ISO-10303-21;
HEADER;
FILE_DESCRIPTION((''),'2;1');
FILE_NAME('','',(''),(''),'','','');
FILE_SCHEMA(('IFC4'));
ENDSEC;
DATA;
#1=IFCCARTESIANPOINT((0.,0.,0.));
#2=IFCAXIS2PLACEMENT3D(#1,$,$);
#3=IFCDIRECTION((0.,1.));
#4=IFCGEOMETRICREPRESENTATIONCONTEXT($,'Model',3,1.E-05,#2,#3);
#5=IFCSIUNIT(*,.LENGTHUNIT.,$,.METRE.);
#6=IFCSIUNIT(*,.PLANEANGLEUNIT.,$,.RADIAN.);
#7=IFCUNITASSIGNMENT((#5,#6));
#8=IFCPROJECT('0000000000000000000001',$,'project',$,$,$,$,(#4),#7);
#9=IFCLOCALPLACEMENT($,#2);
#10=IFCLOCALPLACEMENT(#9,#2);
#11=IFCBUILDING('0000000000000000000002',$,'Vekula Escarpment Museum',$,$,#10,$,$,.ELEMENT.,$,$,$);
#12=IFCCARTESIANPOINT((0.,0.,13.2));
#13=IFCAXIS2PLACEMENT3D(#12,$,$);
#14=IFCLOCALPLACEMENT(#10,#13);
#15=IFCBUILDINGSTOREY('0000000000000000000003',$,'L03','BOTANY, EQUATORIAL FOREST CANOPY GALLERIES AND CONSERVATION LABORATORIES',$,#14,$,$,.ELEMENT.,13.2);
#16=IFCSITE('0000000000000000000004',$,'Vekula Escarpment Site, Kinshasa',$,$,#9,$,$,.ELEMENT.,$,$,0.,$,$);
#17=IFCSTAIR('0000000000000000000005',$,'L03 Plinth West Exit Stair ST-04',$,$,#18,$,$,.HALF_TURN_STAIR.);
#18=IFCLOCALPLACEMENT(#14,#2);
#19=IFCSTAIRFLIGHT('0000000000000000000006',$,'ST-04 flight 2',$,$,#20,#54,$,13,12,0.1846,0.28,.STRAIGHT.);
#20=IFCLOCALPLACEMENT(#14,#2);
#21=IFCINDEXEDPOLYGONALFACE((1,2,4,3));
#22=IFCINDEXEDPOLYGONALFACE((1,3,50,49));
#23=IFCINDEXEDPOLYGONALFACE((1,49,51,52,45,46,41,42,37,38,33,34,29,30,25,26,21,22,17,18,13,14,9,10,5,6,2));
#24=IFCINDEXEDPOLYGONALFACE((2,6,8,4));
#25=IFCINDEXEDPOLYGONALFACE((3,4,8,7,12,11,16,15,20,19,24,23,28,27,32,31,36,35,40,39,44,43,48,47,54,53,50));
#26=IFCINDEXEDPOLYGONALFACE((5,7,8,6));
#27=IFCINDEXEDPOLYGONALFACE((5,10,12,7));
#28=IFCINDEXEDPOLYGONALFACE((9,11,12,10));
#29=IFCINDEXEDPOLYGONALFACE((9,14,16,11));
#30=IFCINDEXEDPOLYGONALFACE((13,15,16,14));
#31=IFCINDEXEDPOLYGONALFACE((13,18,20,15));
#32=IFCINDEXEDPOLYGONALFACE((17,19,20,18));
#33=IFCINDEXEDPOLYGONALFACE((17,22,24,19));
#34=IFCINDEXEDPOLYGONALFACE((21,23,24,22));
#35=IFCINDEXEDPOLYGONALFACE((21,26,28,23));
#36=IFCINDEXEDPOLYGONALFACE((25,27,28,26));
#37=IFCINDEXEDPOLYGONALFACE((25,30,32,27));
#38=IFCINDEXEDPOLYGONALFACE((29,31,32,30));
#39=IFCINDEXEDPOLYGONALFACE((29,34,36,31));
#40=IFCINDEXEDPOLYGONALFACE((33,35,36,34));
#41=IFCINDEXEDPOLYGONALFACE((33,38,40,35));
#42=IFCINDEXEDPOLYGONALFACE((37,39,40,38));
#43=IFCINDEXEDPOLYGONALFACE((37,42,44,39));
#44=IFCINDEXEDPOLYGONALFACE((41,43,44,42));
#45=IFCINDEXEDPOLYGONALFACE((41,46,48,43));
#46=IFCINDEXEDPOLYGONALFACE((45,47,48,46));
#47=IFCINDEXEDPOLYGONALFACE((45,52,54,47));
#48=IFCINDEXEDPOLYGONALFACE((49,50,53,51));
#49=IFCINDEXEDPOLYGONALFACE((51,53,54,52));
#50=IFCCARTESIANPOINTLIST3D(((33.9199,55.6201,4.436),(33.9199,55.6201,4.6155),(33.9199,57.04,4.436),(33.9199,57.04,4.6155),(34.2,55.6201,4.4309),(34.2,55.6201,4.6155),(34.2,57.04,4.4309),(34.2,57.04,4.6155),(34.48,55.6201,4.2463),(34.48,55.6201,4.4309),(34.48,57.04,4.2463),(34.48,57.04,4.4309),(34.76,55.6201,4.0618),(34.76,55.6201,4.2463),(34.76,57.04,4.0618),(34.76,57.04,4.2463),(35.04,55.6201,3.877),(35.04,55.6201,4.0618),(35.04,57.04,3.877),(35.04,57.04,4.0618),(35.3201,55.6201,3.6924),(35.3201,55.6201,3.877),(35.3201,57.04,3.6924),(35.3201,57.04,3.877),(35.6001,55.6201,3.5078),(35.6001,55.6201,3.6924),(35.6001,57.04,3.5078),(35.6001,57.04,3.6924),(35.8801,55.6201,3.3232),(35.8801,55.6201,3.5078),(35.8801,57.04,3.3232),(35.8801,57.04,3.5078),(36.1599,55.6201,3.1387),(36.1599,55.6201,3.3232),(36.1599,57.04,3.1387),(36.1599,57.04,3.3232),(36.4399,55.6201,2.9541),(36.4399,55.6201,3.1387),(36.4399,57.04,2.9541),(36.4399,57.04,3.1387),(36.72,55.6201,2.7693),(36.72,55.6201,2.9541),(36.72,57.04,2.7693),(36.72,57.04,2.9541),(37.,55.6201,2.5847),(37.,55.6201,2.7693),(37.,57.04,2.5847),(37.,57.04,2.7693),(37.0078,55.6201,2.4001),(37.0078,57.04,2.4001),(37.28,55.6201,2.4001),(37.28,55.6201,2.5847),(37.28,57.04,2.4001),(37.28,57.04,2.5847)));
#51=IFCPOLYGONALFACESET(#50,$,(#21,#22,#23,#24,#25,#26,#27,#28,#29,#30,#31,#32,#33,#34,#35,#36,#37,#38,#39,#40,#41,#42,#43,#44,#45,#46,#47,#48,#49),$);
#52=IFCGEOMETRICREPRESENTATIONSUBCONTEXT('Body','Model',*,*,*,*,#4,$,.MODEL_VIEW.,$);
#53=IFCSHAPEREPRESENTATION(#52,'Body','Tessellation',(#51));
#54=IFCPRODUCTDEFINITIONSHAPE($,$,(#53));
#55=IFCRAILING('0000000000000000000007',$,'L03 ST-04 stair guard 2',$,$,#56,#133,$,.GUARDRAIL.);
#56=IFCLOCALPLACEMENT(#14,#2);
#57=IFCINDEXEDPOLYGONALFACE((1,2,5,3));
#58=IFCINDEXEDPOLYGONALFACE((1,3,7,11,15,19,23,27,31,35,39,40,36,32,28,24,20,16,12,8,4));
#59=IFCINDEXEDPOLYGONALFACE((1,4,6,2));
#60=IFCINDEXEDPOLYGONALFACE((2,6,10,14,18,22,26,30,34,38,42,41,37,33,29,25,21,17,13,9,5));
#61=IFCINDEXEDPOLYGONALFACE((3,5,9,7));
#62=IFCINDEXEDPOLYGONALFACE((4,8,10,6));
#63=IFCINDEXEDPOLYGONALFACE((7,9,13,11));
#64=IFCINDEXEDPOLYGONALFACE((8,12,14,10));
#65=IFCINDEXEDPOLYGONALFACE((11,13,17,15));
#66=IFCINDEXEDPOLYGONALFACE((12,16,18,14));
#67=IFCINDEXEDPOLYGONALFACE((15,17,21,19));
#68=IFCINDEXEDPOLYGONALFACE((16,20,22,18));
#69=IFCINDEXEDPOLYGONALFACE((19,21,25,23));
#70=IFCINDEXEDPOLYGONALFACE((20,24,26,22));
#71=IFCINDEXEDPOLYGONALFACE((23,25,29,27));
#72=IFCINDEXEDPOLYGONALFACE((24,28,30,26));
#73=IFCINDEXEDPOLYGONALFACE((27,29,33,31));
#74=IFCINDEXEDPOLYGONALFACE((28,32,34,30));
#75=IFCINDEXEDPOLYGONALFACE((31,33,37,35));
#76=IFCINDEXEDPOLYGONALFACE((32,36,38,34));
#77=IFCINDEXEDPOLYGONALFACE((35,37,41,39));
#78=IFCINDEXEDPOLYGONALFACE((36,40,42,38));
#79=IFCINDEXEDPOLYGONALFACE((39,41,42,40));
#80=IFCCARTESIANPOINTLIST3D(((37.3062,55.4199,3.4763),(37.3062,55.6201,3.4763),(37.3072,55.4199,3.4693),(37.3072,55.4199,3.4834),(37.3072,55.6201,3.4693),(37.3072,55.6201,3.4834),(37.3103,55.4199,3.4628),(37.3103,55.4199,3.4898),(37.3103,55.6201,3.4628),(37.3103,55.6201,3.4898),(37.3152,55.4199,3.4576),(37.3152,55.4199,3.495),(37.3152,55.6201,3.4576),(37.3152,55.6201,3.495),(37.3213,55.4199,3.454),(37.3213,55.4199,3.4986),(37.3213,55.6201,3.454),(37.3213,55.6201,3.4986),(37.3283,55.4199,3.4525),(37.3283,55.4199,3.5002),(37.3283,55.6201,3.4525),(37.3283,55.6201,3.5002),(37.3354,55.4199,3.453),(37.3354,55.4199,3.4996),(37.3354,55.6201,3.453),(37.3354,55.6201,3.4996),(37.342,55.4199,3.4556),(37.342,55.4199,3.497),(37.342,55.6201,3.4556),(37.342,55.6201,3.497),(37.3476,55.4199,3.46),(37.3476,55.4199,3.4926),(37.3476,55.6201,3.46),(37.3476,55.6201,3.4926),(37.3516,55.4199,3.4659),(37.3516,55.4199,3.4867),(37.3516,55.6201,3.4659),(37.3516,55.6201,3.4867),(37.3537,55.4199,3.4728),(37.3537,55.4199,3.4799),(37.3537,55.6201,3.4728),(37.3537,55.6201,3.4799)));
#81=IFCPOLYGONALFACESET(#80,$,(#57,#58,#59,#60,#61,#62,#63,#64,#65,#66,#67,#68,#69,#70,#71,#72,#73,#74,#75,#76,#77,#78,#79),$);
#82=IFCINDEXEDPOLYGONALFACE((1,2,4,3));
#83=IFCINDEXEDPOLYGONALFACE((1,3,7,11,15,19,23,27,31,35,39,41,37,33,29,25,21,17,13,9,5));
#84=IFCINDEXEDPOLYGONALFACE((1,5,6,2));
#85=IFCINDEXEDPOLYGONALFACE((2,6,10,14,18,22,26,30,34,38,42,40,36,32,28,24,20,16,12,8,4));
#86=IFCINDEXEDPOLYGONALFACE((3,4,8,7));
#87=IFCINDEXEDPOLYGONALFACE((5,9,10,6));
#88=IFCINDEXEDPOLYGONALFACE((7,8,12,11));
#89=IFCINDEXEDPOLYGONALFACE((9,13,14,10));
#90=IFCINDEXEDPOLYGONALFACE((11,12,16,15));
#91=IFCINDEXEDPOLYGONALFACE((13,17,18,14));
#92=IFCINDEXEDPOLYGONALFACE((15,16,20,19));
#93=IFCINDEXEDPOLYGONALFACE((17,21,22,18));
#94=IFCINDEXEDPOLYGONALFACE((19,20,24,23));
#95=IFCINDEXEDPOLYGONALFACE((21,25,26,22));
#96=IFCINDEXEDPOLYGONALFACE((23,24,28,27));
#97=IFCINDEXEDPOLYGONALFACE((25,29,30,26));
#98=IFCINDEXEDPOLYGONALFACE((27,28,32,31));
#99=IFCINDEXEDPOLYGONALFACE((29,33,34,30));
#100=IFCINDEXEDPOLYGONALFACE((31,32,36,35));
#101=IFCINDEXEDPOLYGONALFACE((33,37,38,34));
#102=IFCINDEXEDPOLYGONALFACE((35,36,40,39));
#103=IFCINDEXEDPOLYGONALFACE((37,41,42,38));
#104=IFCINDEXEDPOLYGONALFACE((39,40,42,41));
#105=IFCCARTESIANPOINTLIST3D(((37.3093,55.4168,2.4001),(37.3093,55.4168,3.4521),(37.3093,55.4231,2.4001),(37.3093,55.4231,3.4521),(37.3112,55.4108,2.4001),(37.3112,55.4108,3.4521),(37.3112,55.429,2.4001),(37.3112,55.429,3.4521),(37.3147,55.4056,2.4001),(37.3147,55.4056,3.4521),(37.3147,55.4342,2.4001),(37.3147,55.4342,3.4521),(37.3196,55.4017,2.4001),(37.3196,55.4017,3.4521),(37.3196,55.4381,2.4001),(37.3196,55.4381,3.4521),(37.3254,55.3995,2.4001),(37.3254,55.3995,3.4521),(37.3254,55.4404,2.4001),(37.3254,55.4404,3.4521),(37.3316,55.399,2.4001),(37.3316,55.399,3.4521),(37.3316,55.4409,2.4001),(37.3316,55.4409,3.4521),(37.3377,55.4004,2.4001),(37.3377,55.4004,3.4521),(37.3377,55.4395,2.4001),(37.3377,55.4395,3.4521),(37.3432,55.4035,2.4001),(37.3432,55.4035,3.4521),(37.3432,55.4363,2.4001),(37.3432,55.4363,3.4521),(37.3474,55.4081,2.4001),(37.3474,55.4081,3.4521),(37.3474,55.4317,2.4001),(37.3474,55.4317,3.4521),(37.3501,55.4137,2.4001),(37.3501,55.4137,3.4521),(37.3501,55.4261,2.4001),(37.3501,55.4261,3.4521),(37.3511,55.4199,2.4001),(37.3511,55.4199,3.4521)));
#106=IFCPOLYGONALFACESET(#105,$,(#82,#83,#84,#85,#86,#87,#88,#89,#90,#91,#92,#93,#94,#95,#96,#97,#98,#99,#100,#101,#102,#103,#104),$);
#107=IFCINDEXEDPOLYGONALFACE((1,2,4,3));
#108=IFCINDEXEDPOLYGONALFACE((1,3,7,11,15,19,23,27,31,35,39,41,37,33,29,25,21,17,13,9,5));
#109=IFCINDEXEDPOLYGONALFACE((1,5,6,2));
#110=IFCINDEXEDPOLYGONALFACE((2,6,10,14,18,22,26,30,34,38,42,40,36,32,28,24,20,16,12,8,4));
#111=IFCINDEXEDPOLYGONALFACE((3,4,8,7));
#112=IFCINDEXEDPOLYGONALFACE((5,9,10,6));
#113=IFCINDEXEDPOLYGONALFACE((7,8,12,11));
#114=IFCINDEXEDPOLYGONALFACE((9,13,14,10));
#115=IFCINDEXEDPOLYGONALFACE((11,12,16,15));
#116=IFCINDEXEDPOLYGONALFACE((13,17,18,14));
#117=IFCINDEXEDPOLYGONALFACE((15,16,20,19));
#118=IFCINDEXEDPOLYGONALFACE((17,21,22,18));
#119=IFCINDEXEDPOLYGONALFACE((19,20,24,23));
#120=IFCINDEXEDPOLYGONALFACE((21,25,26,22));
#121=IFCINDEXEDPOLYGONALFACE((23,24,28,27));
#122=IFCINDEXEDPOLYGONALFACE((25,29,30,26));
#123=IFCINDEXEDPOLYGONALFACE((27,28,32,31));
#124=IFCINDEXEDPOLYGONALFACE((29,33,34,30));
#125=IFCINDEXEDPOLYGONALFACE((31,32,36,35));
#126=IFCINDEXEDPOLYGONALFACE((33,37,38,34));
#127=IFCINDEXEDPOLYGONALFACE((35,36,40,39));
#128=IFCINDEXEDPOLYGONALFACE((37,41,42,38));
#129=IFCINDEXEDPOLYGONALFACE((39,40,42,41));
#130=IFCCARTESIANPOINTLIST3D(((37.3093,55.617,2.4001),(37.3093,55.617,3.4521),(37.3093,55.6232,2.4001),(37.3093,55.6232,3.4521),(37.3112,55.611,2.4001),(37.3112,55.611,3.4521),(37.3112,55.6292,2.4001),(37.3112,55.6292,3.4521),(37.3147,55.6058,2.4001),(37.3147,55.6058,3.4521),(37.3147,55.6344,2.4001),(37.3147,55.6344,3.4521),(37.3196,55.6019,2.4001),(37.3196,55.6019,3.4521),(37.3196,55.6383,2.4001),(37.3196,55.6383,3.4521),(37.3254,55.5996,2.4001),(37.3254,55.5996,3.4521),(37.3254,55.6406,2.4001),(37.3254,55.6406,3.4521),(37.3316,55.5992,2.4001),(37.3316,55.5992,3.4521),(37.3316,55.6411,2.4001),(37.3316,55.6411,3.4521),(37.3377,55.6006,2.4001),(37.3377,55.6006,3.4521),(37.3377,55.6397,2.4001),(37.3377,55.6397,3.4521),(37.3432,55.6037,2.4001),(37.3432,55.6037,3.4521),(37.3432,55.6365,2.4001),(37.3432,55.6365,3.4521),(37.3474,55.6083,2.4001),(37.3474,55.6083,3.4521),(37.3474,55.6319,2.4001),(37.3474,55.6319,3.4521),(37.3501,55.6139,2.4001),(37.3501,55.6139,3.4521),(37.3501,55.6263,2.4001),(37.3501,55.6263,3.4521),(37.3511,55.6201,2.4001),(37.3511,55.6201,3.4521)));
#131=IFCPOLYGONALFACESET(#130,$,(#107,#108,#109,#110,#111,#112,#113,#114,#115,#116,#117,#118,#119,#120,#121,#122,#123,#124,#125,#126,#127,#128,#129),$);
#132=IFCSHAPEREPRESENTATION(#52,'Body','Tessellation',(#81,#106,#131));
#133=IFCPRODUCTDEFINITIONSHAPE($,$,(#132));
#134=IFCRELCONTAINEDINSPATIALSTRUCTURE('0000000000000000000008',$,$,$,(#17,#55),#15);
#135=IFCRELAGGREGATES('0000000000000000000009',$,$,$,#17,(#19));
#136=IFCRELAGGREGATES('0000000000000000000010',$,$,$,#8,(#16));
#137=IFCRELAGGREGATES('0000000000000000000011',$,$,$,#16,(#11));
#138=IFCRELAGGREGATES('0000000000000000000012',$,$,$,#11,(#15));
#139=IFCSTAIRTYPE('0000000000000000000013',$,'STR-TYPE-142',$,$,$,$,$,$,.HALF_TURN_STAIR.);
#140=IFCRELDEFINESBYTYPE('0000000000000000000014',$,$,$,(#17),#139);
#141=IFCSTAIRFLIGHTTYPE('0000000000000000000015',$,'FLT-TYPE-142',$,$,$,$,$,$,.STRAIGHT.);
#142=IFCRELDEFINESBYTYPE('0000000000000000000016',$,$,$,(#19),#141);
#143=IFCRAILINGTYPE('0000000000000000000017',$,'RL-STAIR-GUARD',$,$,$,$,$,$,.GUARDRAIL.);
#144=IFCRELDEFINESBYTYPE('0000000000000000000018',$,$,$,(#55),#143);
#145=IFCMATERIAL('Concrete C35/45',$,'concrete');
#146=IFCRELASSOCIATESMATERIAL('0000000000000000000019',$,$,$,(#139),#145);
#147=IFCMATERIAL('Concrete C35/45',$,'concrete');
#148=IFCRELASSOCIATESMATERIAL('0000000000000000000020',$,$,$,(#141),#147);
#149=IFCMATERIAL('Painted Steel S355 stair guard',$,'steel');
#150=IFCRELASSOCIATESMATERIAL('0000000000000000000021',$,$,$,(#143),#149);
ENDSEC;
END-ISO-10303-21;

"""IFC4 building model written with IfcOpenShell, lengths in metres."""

from ifc_helpers import new_model, si_unit, direction, frame, origin, origin_2d, place, context, subcontext, project, spatial, polyline, circle, outline, extrude, material, type_object, element, aggregate, save


model = new_model("IFC4")

# Units and contexts
model_context = context("Model", 3, precision=1e-05, world=origin(), true_north=direction((0.0, 1.0)))
body_context = subcontext(model_context, "Body", "Model", "MODEL_VIEW")
ifc_project = project(units=[si_unit("LENGTHUNIT", "METRE"), si_unit("PLANEANGLEUNIT", "RADIAN")], contexts=[model_context])

# Site, building, storey
site_placement = place(None, origin())
site = spatial("IfcSite", under=ifc_project, at=site_placement, Name="Vekula Escarpment Site, Kinshasa", CompositionType="ELEMENT", RefElevation=0.0)
building_placement = place(site_placement, origin())
building = spatial("IfcBuilding", under=site, at=building_placement, Name="Vekula Escarpment Museum", CompositionType="ELEMENT")
storey_placement = place(building_placement, frame((0.0, 0.0, 13.2)))
storey = spatial("IfcBuildingStorey", under=building, at=storey_placement, Name="L03", Description="BOTANY, EQUATORIAL FOREST CANOPY GALLERIES AND CONSERVATION LABORATORIES", CompositionType="ELEMENT", Elevation=13.2)

# Stair, stair flight
ifc_material_1 = material(Name="Concrete C35/45", Category="concrete")
stair_type = type_object("IfcStairType", Name="STR-TYPE-142", PredefinedType="HALF_TURN_STAIR", material=ifc_material_1)
stair_placement = place(storey_placement, origin())
stair = element("IfcStair", 1, at=stair_placement, inside=storey, type_object=stair_type, Name="L03 Plinth West Exit Stair ST-04", PredefinedType="HALF_TURN_STAIR")
ifc_material_2 = material(Name="Concrete C35/45", Category="concrete")
stair_flight_type = type_object("IfcStairFlightType", Name="FLT-TYPE-142", PredefinedType="STRAIGHT", material=ifc_material_2)
stair_flight_placement = place(storey_placement, frame((37.28, 56.3301, 2.4001), z_axis=(0.0, 0.0, 1.0), x_axis=(-1.0, 0.0, 0.0)))
stair_flight = element("IfcStairFlight", 2, at=stair_flight_placement, type_object=stair_flight_type, Name="ST-04 flight 2", NumberOfRisers=13, NumberOfTreads=12, PredefinedType="STRAIGHT", RiserHeight=0.1846, TreadLength=0.28, context=body_context, shape_type="SweptSolid", body=[
    extrude(outline(polyline([(0.0, 0.0), (0.0, 0.1846), (0.28, 0.1846), (0.28, 0.3691), (0.5601, 0.3691), (0.5601, 0.554), (0.8401, 0.554), (0.8401, 0.7385), (1.1201, 0.7385), (1.1201, 0.9231), (1.3999, 0.9231), (1.3999, 1.1077), (1.6799, 1.1077), (1.6799, 1.2922), (1.96, 1.2922), (1.96, 1.4768), (2.24, 1.4768), (2.24, 1.6616), (2.52, 1.6616), (2.52, 1.8462), (2.8, 1.8462), (2.8, 2.0308), (3.0801, 2.0308), (3.0801, 2.2153), (3.3601, 2.2153), (3.3601, 2.3999), (3.3601, 2.0359), (0.2722, 0.0), (0.0, 0.0)])), frame((0.0, 0.71, 0.0), z_axis=(0.0, -1.0, 0.0), x_axis=(1.0, 0.0, 0.0)), (0.0, 0.0, 1.0), 1.4199),
])
aggregate(stair, [stair_flight])

# Railing
ifc_material_3 = material(Name="Painted Steel S355 stair guard", Category="steel")
railing_type_1 = type_object("IfcRailingType", Name="RL-STAIR-GUARD", PredefinedType="GUARDRAIL", material=ifc_material_3)
railing_1_placement = place(storey_placement, frame((37.3301, 55.4199, 2.4001)))
element("IfcRailing", 3, at=railing_1_placement, inside=storey, type_object=railing_type_1, Name="L03 ST-04 stair guard 2", PredefinedType="GUARDRAIL", context=body_context, shape_type="SweptSolid", body=[
    extrude(circle(Radius=0.0239, at=origin_2d()), frame((0.0, 0.0, 1.0762), z_axis=(0.0, 1.0, 0.0), x_axis=(-1.0, 0.0, 0.0)), (0.0, 0.0, 1.0), 0.2002),
    extrude(circle(Radius=0.021, at=origin_2d()), origin(), (0.0, 0.0, 1.0), 1.052),
    extrude(circle(Radius=0.021, at=origin_2d()), frame((0.0, 0.2002, 0.0)), (0.0, 0.0, 1.0), 1.052),
])

save(model, "model.ifc")
